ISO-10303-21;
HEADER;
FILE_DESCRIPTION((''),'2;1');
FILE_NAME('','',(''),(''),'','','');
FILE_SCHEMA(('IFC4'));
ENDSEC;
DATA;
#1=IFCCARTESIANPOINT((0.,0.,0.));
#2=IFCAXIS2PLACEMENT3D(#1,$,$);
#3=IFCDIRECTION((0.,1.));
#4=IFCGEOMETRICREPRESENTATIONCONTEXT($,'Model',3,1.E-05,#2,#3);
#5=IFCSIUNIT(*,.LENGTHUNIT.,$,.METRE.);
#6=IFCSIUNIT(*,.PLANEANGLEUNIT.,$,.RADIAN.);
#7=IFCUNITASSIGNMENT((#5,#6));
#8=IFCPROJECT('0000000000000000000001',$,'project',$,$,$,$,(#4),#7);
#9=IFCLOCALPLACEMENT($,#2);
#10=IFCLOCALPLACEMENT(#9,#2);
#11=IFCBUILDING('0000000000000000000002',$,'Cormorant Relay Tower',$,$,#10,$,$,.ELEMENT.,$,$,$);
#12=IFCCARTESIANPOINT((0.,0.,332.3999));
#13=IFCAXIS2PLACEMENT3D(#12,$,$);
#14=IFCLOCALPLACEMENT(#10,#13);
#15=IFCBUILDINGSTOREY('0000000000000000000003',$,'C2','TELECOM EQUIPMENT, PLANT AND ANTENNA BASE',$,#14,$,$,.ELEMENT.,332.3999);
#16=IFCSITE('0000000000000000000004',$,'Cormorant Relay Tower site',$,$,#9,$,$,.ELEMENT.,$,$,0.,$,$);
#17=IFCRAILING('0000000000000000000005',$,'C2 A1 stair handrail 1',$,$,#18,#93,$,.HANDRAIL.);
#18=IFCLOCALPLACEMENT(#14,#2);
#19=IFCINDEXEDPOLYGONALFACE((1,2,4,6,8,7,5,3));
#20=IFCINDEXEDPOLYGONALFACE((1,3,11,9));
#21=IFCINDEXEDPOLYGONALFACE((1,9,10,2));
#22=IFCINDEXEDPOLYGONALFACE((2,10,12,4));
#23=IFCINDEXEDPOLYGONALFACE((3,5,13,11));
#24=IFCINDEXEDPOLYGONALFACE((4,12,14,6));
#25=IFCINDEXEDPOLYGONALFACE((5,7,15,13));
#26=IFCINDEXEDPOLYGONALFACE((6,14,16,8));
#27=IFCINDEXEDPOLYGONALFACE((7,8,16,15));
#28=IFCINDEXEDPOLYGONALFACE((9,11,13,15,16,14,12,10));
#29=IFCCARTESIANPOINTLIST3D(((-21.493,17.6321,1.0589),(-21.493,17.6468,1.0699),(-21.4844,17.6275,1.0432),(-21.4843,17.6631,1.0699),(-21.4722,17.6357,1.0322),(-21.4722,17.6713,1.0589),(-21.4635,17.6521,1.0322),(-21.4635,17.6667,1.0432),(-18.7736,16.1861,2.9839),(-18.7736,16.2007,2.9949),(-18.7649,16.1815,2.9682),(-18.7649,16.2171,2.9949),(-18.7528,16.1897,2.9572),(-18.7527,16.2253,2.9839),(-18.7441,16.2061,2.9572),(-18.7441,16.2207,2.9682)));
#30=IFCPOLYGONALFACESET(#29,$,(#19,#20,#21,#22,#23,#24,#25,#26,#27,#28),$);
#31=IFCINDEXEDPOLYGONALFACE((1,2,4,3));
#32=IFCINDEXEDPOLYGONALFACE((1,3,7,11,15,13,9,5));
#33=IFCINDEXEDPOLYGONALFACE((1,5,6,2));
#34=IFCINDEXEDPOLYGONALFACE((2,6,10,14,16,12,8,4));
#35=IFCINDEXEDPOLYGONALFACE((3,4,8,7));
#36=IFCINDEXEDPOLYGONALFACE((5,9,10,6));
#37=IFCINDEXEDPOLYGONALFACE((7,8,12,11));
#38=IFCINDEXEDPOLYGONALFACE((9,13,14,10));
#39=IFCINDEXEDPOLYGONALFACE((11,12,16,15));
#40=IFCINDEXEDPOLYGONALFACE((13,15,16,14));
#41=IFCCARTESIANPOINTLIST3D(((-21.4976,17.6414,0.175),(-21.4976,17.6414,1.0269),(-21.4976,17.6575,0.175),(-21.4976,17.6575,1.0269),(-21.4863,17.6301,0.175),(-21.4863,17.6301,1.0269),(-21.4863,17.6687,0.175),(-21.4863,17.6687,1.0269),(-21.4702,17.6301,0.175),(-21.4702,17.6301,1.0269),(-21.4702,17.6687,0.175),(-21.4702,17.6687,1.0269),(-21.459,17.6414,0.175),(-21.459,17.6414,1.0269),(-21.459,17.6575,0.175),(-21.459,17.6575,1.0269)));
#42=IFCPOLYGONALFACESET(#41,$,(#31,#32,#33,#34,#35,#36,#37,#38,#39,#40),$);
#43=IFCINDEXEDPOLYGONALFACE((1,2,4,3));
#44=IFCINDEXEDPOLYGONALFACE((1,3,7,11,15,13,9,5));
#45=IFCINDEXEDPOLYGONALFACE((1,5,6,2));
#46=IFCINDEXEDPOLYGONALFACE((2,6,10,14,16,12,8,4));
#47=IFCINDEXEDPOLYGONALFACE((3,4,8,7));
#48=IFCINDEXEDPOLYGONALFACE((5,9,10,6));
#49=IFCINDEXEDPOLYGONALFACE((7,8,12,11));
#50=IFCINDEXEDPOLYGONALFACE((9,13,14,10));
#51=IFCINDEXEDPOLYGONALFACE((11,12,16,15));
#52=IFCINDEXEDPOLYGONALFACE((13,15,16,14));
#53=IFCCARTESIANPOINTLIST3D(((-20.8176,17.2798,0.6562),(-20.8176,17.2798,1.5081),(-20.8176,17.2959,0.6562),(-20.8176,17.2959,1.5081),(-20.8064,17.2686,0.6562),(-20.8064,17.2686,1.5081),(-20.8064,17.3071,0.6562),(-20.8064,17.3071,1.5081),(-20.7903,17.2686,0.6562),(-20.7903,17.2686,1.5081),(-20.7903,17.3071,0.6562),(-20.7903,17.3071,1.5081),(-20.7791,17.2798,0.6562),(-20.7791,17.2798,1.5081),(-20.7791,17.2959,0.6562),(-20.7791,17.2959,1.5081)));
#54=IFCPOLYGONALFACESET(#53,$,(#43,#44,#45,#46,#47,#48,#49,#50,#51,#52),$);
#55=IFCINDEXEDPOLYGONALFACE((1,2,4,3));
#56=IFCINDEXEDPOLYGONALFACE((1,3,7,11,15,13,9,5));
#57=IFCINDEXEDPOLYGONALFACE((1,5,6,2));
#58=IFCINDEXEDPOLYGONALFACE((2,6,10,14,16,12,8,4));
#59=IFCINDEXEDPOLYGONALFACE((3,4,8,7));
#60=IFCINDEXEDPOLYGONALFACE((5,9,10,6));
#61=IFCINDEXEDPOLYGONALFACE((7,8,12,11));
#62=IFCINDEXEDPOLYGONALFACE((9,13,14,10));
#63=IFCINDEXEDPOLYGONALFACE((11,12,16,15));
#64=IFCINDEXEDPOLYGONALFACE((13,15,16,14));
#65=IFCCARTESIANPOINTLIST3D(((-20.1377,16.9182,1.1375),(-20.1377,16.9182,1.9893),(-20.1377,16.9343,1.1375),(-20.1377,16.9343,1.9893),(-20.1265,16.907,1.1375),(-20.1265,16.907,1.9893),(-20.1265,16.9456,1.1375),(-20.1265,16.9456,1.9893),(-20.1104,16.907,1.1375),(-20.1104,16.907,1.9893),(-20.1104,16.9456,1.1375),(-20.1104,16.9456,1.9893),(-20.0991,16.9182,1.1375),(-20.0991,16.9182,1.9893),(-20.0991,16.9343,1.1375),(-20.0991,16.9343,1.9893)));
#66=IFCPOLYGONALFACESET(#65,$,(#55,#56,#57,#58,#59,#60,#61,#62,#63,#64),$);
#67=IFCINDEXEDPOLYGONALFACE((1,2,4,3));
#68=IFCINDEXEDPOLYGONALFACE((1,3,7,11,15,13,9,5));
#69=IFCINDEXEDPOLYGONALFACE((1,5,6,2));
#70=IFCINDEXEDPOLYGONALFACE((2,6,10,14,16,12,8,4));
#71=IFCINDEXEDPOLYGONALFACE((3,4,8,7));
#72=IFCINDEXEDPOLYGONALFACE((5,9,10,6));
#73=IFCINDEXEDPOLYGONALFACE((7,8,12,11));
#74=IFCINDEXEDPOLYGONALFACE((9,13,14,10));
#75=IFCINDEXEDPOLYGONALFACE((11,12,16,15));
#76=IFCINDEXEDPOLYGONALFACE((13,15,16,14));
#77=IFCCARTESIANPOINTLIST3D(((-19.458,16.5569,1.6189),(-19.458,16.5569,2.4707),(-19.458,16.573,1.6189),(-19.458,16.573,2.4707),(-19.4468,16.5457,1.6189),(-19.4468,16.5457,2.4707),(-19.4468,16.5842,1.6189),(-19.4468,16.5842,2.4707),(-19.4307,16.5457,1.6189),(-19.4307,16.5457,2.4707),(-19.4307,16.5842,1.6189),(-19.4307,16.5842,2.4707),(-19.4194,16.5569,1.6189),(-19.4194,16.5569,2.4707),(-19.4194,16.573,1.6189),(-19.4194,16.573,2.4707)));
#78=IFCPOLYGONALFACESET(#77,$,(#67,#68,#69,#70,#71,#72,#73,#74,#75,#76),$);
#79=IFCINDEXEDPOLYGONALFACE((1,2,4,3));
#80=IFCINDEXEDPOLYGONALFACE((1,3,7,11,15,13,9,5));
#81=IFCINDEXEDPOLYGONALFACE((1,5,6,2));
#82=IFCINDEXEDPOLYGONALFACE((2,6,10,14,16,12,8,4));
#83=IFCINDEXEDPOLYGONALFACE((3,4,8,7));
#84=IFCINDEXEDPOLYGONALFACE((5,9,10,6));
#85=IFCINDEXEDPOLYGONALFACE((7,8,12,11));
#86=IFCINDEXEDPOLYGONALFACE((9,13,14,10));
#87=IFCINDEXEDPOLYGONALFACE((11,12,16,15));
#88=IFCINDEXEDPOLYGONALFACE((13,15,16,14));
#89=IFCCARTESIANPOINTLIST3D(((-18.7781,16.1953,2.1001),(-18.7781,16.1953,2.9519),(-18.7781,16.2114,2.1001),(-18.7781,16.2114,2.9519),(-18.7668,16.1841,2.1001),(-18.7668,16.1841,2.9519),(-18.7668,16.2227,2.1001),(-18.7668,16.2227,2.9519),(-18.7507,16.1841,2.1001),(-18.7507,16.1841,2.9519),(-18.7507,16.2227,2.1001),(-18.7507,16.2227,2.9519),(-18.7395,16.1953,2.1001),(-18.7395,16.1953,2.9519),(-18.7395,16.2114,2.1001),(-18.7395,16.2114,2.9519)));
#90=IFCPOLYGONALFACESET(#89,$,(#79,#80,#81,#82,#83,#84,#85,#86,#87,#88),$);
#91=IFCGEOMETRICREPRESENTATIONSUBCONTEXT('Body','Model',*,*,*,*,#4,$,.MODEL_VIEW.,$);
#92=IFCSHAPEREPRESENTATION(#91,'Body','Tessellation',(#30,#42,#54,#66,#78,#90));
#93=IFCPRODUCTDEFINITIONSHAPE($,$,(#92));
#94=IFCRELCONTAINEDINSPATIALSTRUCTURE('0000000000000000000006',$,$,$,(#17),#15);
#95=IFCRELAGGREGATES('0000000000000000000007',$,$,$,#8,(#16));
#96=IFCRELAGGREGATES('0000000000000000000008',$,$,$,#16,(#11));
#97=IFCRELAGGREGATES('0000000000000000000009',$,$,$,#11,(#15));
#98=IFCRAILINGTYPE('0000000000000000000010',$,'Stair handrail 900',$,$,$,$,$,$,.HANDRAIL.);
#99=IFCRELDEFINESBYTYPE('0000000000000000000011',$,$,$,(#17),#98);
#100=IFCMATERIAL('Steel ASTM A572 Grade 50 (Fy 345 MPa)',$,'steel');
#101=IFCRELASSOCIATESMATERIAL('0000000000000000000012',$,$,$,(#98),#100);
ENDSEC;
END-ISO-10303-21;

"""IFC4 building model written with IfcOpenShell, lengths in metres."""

from ifc_helpers import new_model, si_unit, direction, frame, origin, place, context, subcontext, project, spatial, polyline, outline, extrude, material, type_object, element, save


model = new_model("IFC4")

# Units and contexts
model_context = context("Model", 3, precision=1e-05, world=origin(), true_north=direction((0.0, 1.0)))
body_context = subcontext(model_context, "Body", "Model", "MODEL_VIEW")
ifc_project = project(units=[si_unit("LENGTHUNIT", "METRE"), si_unit("PLANEANGLEUNIT", "RADIAN")], contexts=[model_context])

# Site, building, storey
site_placement = place(None, origin())
site = spatial("IfcSite", under=ifc_project, at=site_placement, Name="Cormorant Relay Tower site", CompositionType="ELEMENT", RefElevation=0.0)
building_placement = place(site_placement, origin())
building = spatial("IfcBuilding", under=site, at=building_placement, Name="Cormorant Relay Tower", CompositionType="ELEMENT")
storey_placement = place(building_placement, frame((0.0, 0.0, 332.3999)))
storey = spatial("IfcBuildingStorey", under=building, at=storey_placement, Name="C2", Description="TELECOM EQUIPMENT, PLANT AND ANTENNA BASE", CompositionType="ELEMENT", Elevation=332.3999)

# Railing
ifc_material_1 = material(Name="Steel ASTM A572 Grade 50 (Fy 345 MPa)", Category="steel")
railing_type_1 = type_object("IfcRailingType", Name="Stair handrail 900", PredefinedType="HANDRAIL", material=ifc_material_1)
railing_1_placement = place(storey_placement, frame((-21.4783, 17.6494, 0.175)))
element("IfcRailing", 1, at=railing_1_placement, inside=storey, type_object=railing_type_1, Name="C2 A1 stair handrail 1", PredefinedType="HANDRAIL", context=body_context, shape_type="SweptSolid", body=[
    extrude(outline(polyline([(0.0222, 0.0093), (0.0093, 0.0222), (-0.0093, 0.0222), (-0.0222, 0.0093), (-0.0222, -0.0093), (-0.0093, -0.0222), (0.0093, -0.0222), (0.0222, -0.0093), (0.0222, 0.0093)])), frame((0.0, 0.0, 0.876), z_axis=(0.748727, -0.398125, 0.530004), x_axis=(0.469489, 0.882938, 0.0)), (0.0, 0.0, 1.0), 3.6321),
    extrude(outline(polyline([(0.0193, 0.0081), (0.0081, 0.0193), (-0.0081, 0.0193), (-0.0193, 0.0081), (-0.0193, -0.0081), (-0.0081, -0.0193), (0.0081, -0.0193), (0.0193, -0.0081), (0.0193, 0.0081)])), origin(), (0.0, 0.0, 1.0), 0.8518),
    extrude(outline(polyline([(0.0193, 0.0081), (0.0081, 0.0193), (-0.0081, 0.0193), (-0.0193, 0.0081), (-0.0193, -0.0081), (-0.0081, -0.0193), (0.0081, -0.0193), (0.0193, -0.0081), (0.0193, 0.0081)])), frame((0.6799, -0.3616, 0.4812)), (0.0, 0.0, 1.0), 0.8518),
    extrude(outline(polyline([(0.0193, 0.0081), (0.0081, 0.0193), (-0.0081, 0.0193), (-0.0193, 0.0081), (-0.0193, -0.0081), (-0.0081, -0.0193), (0.0081, -0.0193), (0.0193, -0.0081), (0.0193, 0.0081)])), frame((1.3599, -0.7231, 0.9624)), (0.0, 0.0, 1.0), 0.8518),
    extrude(outline(polyline([(0.0193, 0.0081), (0.0081, 0.0193), (-0.0081, 0.0193), (-0.0193, 0.0081), (-0.0193, -0.0081), (-0.0081, -0.0193), (0.0081, -0.0193), (0.0193, -0.0081), (0.0193, 0.0081)])), frame((2.0396, -1.0845, 1.4438)), (0.0, 0.0, 1.0), 0.8518),
    extrude(outline(polyline([(0.0193, 0.0081), (0.0081, 0.0193), (-0.0081, 0.0193), (-0.0193, 0.0081), (-0.0193, -0.0081), (-0.0081, -0.0193), (0.0081, -0.0193), (0.0193, -0.0081), (0.0193, 0.0081)])), frame((2.7195, -1.446, 1.925)), (0.0, 0.0, 1.0), 0.8518),
])

save(model, "model.ifc")
